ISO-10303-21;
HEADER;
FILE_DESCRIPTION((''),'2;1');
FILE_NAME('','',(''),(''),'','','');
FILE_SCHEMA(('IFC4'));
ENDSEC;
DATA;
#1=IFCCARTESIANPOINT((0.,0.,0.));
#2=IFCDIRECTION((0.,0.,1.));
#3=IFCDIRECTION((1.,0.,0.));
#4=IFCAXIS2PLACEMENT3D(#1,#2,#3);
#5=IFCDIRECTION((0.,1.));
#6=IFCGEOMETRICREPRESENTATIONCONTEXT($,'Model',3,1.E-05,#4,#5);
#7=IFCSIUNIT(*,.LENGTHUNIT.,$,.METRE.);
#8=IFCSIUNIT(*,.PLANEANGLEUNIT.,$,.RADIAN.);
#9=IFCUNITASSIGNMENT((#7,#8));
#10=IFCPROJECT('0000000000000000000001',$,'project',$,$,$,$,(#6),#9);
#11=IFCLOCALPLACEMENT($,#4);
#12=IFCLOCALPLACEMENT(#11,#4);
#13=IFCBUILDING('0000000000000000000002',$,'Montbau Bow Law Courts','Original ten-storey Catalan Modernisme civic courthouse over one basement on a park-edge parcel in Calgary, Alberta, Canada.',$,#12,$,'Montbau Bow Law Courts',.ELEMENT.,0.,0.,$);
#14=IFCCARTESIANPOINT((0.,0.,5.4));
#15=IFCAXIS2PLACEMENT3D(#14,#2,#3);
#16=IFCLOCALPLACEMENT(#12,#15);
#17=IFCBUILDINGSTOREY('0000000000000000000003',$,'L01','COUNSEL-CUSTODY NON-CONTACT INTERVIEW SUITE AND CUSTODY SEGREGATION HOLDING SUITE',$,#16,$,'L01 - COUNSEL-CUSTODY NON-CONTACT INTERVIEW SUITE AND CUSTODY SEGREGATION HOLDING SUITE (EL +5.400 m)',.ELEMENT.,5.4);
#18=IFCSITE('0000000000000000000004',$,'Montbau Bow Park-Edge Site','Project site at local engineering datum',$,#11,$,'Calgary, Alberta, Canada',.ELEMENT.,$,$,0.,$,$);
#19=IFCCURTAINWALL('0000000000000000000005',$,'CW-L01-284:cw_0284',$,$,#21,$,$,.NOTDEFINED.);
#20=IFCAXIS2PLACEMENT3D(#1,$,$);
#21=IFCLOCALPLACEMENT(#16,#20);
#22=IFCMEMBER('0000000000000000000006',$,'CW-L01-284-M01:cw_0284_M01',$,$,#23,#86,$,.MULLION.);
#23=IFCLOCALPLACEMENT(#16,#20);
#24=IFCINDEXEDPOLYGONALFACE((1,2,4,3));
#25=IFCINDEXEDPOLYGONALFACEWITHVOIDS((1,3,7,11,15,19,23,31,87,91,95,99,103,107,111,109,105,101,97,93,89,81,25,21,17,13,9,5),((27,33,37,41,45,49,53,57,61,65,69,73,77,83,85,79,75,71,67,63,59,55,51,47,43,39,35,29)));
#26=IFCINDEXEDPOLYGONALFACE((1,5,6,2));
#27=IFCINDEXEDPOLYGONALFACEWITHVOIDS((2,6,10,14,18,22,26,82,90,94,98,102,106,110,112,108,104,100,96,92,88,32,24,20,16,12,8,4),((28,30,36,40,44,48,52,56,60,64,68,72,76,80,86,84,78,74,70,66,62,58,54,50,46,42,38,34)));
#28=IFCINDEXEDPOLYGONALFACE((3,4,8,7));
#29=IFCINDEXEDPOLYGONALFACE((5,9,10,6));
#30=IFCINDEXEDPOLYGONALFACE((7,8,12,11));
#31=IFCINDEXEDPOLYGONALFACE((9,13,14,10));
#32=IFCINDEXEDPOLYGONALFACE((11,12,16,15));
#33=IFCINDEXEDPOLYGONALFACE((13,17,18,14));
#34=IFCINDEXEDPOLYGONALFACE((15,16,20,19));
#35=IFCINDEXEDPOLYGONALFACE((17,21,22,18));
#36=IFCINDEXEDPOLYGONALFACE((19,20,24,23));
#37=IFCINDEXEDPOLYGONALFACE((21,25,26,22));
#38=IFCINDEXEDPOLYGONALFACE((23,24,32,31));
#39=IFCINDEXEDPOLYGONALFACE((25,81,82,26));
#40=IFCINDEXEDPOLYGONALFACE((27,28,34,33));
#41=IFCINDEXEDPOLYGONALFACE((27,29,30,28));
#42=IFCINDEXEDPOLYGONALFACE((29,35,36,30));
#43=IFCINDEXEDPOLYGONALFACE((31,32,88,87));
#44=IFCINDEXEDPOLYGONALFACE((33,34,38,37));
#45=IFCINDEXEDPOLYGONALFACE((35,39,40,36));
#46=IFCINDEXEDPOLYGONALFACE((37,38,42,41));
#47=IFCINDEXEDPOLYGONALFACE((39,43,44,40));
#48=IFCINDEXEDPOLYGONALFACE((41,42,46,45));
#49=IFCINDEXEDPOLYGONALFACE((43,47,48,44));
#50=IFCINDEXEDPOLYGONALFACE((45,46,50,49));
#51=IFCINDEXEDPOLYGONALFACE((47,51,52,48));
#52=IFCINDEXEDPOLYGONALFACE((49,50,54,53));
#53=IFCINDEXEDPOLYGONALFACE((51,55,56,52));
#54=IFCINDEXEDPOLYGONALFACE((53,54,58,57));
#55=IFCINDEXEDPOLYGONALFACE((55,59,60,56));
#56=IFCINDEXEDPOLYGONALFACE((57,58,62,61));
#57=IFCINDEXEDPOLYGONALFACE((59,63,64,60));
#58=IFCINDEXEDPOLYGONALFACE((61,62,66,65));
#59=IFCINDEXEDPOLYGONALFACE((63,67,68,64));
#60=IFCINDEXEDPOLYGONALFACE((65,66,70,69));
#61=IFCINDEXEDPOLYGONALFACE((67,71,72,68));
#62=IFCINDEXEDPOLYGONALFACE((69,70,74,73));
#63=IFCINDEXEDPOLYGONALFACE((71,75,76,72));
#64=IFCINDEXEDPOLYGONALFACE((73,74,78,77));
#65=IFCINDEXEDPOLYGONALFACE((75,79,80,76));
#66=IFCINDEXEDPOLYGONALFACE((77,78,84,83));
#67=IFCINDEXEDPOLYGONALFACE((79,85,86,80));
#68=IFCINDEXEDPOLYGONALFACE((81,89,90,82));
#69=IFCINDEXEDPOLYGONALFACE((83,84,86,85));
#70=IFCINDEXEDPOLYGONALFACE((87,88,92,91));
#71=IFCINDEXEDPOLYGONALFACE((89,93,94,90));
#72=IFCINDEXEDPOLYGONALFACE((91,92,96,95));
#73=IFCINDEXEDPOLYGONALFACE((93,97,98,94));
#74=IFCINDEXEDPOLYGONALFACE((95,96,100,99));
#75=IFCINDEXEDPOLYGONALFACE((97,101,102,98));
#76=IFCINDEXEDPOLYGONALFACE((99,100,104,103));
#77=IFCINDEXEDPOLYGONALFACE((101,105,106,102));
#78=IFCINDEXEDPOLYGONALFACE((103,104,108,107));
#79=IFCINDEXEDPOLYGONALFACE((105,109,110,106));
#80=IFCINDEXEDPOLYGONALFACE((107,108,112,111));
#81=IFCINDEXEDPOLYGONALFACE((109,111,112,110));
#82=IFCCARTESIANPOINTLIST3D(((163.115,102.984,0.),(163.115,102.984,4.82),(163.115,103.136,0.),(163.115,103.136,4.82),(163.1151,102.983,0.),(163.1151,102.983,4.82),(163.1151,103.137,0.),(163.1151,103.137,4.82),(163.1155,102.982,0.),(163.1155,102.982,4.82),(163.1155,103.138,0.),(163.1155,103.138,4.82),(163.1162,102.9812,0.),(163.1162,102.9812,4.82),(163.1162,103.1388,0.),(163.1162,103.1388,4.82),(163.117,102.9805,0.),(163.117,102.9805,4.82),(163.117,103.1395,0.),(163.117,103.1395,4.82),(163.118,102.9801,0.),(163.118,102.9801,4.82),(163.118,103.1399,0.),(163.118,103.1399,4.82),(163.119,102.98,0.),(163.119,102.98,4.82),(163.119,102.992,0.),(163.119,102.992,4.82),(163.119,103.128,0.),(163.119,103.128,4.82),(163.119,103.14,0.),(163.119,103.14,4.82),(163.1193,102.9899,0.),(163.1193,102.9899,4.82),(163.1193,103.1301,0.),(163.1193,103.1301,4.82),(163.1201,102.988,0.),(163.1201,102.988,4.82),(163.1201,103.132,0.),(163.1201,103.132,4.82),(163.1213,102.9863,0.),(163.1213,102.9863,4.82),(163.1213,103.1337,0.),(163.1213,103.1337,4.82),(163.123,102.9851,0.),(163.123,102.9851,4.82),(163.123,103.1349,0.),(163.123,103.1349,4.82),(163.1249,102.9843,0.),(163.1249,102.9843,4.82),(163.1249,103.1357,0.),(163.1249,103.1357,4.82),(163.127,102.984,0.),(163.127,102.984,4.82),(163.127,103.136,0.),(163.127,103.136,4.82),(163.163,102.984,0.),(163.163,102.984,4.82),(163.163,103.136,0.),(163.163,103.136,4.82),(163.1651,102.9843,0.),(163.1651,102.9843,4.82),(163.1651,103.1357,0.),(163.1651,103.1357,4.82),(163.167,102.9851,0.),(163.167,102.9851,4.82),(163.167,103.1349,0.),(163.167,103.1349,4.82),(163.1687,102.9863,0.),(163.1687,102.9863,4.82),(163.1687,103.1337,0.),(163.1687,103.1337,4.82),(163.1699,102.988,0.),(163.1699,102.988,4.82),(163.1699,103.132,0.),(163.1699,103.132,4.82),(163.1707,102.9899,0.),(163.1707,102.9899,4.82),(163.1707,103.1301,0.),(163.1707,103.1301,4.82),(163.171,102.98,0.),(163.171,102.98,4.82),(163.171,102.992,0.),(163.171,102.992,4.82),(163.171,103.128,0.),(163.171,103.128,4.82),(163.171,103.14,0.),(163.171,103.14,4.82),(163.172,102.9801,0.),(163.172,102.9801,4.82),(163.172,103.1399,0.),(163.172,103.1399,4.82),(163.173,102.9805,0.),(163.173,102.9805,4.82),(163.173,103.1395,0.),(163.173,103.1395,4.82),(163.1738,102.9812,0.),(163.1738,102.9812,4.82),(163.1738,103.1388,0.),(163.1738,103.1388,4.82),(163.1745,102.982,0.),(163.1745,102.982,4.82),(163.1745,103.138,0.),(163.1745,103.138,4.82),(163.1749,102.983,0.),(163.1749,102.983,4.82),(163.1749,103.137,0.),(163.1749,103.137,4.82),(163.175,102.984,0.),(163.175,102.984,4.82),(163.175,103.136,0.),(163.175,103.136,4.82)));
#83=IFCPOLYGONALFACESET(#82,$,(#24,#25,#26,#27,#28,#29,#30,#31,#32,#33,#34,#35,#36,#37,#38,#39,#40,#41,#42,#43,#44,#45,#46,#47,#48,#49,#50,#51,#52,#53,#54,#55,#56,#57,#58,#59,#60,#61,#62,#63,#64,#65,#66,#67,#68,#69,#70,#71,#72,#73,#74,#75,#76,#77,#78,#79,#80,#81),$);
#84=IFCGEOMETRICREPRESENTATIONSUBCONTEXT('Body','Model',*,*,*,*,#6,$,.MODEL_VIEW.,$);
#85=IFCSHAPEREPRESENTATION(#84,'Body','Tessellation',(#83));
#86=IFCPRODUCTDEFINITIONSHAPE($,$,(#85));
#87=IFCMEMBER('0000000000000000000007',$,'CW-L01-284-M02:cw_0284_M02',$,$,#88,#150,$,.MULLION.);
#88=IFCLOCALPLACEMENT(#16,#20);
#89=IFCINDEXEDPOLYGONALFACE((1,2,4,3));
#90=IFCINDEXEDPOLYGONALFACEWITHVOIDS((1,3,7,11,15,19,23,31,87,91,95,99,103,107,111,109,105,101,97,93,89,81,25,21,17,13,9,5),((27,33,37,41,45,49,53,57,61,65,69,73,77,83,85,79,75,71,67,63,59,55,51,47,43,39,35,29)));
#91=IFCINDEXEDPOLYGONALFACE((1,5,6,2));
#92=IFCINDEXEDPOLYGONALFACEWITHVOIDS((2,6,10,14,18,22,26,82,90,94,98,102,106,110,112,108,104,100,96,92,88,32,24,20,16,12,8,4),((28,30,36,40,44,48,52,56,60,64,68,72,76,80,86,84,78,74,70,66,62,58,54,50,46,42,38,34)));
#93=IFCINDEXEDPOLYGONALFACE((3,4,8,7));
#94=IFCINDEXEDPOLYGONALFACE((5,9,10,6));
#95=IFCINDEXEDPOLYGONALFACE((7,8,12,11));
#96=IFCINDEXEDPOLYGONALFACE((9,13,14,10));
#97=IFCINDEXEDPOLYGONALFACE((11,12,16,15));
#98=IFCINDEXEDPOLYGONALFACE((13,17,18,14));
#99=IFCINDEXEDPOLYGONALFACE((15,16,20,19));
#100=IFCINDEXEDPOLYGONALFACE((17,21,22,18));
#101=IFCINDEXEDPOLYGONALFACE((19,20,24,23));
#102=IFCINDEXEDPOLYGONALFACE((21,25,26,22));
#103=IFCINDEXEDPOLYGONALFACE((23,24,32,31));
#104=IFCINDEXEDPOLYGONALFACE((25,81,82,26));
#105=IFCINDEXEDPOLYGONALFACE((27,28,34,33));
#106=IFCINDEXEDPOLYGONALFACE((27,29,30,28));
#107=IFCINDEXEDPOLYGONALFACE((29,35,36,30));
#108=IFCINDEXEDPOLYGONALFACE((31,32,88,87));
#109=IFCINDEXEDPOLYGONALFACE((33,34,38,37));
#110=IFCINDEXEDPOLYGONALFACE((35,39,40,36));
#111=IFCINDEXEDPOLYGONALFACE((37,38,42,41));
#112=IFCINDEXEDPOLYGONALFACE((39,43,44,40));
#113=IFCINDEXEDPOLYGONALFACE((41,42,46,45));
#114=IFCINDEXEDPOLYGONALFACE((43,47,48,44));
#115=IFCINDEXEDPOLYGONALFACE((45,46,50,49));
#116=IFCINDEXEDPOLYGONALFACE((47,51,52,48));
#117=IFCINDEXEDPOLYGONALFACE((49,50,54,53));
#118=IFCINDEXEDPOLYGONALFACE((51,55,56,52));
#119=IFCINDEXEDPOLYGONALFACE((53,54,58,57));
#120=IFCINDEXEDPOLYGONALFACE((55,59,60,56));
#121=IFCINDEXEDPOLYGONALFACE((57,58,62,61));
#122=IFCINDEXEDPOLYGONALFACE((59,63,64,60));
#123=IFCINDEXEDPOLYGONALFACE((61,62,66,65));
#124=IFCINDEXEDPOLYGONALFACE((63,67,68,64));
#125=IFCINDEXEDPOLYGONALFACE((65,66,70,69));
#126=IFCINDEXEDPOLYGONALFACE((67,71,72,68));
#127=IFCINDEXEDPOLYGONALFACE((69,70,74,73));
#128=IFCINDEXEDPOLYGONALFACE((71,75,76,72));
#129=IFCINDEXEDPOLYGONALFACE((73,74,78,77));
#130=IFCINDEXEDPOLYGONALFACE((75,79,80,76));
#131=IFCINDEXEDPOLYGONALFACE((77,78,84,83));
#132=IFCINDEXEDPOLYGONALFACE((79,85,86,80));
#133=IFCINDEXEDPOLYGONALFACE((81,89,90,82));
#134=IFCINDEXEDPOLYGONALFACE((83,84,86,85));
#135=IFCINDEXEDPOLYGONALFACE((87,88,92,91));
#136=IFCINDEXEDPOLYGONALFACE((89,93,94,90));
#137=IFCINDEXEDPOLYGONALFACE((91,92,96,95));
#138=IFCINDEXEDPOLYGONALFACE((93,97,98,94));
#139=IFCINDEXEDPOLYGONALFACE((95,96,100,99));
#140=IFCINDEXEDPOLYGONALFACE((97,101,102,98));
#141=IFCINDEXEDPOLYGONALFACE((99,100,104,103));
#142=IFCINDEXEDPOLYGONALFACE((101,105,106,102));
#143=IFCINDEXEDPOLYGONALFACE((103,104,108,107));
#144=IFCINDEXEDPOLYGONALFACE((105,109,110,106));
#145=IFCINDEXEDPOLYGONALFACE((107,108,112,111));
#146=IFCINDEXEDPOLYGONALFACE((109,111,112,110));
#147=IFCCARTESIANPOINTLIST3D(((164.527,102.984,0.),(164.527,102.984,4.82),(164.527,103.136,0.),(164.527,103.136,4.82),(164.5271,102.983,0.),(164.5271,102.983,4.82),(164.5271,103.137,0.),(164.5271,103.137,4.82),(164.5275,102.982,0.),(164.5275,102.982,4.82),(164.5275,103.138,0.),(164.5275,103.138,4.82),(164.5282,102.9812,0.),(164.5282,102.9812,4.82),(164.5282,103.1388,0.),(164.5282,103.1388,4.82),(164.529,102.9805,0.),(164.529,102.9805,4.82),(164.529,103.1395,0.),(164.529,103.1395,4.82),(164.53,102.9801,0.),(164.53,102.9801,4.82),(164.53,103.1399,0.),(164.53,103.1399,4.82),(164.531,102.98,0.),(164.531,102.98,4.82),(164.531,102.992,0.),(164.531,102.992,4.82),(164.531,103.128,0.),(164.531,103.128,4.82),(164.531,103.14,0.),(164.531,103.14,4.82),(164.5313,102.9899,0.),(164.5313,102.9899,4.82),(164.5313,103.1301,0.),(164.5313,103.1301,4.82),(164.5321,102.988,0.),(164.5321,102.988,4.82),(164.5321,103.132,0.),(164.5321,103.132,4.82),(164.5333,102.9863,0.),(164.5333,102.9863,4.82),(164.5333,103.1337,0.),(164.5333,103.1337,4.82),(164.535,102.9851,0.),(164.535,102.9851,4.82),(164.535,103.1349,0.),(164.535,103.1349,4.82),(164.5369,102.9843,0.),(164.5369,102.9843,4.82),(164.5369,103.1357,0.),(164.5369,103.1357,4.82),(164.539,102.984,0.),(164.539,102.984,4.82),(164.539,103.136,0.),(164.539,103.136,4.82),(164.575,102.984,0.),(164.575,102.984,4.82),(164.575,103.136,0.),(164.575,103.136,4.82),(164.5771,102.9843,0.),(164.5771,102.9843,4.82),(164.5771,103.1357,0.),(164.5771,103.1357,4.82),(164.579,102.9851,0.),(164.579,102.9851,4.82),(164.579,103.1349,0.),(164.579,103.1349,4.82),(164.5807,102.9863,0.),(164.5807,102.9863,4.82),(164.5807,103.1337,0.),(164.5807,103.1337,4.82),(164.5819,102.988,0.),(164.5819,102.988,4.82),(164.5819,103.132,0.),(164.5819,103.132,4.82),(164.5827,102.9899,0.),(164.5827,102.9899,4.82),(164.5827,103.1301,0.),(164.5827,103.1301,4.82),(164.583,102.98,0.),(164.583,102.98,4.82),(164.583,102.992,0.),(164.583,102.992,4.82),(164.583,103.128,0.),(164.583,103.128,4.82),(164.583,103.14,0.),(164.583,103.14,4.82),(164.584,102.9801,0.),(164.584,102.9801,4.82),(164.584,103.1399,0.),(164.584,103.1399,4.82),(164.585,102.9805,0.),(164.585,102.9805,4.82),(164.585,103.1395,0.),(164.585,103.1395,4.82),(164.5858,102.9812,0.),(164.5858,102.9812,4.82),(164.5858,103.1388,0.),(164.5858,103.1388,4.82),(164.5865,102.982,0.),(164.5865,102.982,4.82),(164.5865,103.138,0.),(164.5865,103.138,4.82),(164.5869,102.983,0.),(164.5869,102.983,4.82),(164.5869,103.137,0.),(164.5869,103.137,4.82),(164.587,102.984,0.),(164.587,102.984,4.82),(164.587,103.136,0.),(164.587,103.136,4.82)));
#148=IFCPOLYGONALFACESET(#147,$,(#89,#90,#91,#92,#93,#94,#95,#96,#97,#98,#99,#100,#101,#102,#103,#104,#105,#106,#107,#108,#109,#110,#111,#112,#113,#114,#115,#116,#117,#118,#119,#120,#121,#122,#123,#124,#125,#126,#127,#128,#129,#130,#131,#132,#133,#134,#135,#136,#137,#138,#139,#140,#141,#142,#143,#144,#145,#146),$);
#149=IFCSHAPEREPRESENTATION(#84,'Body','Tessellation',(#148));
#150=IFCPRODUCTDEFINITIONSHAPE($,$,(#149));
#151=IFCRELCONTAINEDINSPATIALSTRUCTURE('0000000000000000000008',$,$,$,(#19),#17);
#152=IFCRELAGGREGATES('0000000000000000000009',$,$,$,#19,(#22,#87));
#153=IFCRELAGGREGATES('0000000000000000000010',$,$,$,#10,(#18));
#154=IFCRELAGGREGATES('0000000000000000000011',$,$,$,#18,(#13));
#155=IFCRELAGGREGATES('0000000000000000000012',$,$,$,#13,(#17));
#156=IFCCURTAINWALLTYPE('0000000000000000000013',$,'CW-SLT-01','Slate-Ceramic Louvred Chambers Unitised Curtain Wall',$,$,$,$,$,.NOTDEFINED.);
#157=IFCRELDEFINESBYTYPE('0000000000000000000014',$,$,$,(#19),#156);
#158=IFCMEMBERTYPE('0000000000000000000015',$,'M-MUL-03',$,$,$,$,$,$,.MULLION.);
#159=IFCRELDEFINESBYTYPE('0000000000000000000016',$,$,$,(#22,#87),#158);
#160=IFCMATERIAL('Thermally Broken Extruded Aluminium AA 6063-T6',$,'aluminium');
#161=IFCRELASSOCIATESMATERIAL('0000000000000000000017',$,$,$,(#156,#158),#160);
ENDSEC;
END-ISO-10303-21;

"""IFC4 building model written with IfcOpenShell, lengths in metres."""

from ifc_helpers import new_model, si_unit, direction, frame, origin_with_axes, origin_2d_with_axis, place, context, subcontext, project, spatial, hollow_rectangle, extrude, material, material_profile, profile_set, type_object, element, aggregate, save


model = new_model("IFC4")

# Units and contexts
model_context = context("Model", 3, precision=1e-05, world=origin_with_axes(), true_north=direction((0.0, 1.0)))
body_context = subcontext(model_context, "Body", "Model", "MODEL_VIEW")
ifc_project = project(units=[si_unit("LENGTHUNIT", "METRE"), si_unit("PLANEANGLEUNIT", "RADIAN")], contexts=[model_context])

# Site, building, storey
site_placement = place(None, origin_with_axes())
site = spatial("IfcSite", under=ifc_project, at=site_placement, Name="Montbau Bow Park-Edge Site", Description="Project site at local engineering datum", LongName="Calgary, Alberta, Canada", CompositionType="ELEMENT", RefElevation=0.0)
building_placement = place(site_placement, origin_with_axes())
building = spatial("IfcBuilding", under=site, at=building_placement, Name="Montbau Bow Law Courts", Description="Original ten-storey Catalan Modernisme civic courthouse over one basement on a park-edge parcel in Calgary, Alberta, Canada.", LongName="Montbau Bow Law Courts", CompositionType="ELEMENT", ElevationOfRefHeight=0.0, ElevationOfTerrain=0.0)
storey_placement = place(building_placement, frame((0.0, 0.0, 5.4), z_axis=(0.0, 0.0, 1.0), x_axis=(1.0, 0.0, 0.0)))
storey = spatial("IfcBuildingStorey", under=building, at=storey_placement, Name="L01", Description="COUNSEL-CUSTODY NON-CONTACT INTERVIEW SUITE AND CUSTODY SEGREGATION HOLDING SUITE", LongName="L01 - COUNSEL-CUSTODY NON-CONTACT INTERVIEW SUITE AND CUSTODY SEGREGATION HOLDING SUITE (EL +5.400 m)", CompositionType="ELEMENT", Elevation=5.4)

# Shared definitions
ifc_material_1 = material(Name="Thermally Broken Extruded Aluminium AA 6063-T6", Category="aluminium")
curtain_wall_type = type_object("IfcCurtainWallType", Name="CW-SLT-01", Description="Slate-Ceramic Louvred Chambers Unitised Curtain Wall", PredefinedType="NOTDEFINED", material=ifc_material_1)

# Curtain wall, members
curtain_wall_1_placement = place(None, frame((163.115, 103.06, 5.4), z_axis=(0.0, 0.0, 1.0), x_axis=(1.0, 0.0, 0.0)))
curtain_wall_1 = element("IfcCurtainWall", 1, at=curtain_wall_1_placement, inside=storey, type_object=curtain_wall_type, Name="CW-L01-284:cw_0284", PredefinedType="NOTDEFINED")
ifc_material_profile_1 = material_profile(ifc_material_1, hollow_rectangle(XDim=0.06, YDim=0.16, WallThickness=0.004, InnerFilletRadius=0.008, OuterFilletRadius=0.004, at=origin_2d_with_axis()), Name="CWM-160X60", Category="Main", Priority=0)
ifc_profile_set_1 = profile_set([ifc_material_profile_1], Name="Thermally Broken Extruded Aluminium AA 6063-T6")
member_type_1 = type_object("IfcMemberType", Name="M-MUL-03", PredefinedType="MULLION", material=ifc_profile_set_1)
member_1_placement = place(None, frame((163.145, 103.06, 5.4), z_axis=(0.0, 0.0, 1.0), x_axis=(1.0, 0.0, 0.0)))
member_1 = element("IfcMember", 2, at=member_1_placement, type_object=member_type_1, Name="CW-L01-284-M01:cw_0284_M01", PredefinedType="MULLION", context=body_context, shape_type="SweptSolid", body=[
    extrude(hollow_rectangle(XDim=0.06, YDim=0.16, WallThickness=0.004, InnerFilletRadius=0.008, OuterFilletRadius=0.004, at=origin_2d_with_axis()), origin_with_axes(), (0.0, 0.0, 1.0), 4.82),
])
member_2_placement = place(None, frame((164.557, 103.06, 5.4), z_axis=(0.0, 0.0, 1.0), x_axis=(1.0, 0.0, 0.0)))
member_2 = element("IfcMember", 3, at=member_2_placement, type_object=member_type_1, Name="CW-L01-284-M02:cw_0284_M02", PredefinedType="MULLION", context=body_context, shape_type="SweptSolid", body=[
    extrude(hollow_rectangle(XDim=0.06, YDim=0.16, WallThickness=0.004, InnerFilletRadius=0.008, OuterFilletRadius=0.004, at=origin_2d_with_axis()), origin_with_axes(), (0.0, 0.0, 1.0), 4.82),
])

aggregate(curtain_wall_1, [member_1, member_2])

save(model, "model.ifc")
